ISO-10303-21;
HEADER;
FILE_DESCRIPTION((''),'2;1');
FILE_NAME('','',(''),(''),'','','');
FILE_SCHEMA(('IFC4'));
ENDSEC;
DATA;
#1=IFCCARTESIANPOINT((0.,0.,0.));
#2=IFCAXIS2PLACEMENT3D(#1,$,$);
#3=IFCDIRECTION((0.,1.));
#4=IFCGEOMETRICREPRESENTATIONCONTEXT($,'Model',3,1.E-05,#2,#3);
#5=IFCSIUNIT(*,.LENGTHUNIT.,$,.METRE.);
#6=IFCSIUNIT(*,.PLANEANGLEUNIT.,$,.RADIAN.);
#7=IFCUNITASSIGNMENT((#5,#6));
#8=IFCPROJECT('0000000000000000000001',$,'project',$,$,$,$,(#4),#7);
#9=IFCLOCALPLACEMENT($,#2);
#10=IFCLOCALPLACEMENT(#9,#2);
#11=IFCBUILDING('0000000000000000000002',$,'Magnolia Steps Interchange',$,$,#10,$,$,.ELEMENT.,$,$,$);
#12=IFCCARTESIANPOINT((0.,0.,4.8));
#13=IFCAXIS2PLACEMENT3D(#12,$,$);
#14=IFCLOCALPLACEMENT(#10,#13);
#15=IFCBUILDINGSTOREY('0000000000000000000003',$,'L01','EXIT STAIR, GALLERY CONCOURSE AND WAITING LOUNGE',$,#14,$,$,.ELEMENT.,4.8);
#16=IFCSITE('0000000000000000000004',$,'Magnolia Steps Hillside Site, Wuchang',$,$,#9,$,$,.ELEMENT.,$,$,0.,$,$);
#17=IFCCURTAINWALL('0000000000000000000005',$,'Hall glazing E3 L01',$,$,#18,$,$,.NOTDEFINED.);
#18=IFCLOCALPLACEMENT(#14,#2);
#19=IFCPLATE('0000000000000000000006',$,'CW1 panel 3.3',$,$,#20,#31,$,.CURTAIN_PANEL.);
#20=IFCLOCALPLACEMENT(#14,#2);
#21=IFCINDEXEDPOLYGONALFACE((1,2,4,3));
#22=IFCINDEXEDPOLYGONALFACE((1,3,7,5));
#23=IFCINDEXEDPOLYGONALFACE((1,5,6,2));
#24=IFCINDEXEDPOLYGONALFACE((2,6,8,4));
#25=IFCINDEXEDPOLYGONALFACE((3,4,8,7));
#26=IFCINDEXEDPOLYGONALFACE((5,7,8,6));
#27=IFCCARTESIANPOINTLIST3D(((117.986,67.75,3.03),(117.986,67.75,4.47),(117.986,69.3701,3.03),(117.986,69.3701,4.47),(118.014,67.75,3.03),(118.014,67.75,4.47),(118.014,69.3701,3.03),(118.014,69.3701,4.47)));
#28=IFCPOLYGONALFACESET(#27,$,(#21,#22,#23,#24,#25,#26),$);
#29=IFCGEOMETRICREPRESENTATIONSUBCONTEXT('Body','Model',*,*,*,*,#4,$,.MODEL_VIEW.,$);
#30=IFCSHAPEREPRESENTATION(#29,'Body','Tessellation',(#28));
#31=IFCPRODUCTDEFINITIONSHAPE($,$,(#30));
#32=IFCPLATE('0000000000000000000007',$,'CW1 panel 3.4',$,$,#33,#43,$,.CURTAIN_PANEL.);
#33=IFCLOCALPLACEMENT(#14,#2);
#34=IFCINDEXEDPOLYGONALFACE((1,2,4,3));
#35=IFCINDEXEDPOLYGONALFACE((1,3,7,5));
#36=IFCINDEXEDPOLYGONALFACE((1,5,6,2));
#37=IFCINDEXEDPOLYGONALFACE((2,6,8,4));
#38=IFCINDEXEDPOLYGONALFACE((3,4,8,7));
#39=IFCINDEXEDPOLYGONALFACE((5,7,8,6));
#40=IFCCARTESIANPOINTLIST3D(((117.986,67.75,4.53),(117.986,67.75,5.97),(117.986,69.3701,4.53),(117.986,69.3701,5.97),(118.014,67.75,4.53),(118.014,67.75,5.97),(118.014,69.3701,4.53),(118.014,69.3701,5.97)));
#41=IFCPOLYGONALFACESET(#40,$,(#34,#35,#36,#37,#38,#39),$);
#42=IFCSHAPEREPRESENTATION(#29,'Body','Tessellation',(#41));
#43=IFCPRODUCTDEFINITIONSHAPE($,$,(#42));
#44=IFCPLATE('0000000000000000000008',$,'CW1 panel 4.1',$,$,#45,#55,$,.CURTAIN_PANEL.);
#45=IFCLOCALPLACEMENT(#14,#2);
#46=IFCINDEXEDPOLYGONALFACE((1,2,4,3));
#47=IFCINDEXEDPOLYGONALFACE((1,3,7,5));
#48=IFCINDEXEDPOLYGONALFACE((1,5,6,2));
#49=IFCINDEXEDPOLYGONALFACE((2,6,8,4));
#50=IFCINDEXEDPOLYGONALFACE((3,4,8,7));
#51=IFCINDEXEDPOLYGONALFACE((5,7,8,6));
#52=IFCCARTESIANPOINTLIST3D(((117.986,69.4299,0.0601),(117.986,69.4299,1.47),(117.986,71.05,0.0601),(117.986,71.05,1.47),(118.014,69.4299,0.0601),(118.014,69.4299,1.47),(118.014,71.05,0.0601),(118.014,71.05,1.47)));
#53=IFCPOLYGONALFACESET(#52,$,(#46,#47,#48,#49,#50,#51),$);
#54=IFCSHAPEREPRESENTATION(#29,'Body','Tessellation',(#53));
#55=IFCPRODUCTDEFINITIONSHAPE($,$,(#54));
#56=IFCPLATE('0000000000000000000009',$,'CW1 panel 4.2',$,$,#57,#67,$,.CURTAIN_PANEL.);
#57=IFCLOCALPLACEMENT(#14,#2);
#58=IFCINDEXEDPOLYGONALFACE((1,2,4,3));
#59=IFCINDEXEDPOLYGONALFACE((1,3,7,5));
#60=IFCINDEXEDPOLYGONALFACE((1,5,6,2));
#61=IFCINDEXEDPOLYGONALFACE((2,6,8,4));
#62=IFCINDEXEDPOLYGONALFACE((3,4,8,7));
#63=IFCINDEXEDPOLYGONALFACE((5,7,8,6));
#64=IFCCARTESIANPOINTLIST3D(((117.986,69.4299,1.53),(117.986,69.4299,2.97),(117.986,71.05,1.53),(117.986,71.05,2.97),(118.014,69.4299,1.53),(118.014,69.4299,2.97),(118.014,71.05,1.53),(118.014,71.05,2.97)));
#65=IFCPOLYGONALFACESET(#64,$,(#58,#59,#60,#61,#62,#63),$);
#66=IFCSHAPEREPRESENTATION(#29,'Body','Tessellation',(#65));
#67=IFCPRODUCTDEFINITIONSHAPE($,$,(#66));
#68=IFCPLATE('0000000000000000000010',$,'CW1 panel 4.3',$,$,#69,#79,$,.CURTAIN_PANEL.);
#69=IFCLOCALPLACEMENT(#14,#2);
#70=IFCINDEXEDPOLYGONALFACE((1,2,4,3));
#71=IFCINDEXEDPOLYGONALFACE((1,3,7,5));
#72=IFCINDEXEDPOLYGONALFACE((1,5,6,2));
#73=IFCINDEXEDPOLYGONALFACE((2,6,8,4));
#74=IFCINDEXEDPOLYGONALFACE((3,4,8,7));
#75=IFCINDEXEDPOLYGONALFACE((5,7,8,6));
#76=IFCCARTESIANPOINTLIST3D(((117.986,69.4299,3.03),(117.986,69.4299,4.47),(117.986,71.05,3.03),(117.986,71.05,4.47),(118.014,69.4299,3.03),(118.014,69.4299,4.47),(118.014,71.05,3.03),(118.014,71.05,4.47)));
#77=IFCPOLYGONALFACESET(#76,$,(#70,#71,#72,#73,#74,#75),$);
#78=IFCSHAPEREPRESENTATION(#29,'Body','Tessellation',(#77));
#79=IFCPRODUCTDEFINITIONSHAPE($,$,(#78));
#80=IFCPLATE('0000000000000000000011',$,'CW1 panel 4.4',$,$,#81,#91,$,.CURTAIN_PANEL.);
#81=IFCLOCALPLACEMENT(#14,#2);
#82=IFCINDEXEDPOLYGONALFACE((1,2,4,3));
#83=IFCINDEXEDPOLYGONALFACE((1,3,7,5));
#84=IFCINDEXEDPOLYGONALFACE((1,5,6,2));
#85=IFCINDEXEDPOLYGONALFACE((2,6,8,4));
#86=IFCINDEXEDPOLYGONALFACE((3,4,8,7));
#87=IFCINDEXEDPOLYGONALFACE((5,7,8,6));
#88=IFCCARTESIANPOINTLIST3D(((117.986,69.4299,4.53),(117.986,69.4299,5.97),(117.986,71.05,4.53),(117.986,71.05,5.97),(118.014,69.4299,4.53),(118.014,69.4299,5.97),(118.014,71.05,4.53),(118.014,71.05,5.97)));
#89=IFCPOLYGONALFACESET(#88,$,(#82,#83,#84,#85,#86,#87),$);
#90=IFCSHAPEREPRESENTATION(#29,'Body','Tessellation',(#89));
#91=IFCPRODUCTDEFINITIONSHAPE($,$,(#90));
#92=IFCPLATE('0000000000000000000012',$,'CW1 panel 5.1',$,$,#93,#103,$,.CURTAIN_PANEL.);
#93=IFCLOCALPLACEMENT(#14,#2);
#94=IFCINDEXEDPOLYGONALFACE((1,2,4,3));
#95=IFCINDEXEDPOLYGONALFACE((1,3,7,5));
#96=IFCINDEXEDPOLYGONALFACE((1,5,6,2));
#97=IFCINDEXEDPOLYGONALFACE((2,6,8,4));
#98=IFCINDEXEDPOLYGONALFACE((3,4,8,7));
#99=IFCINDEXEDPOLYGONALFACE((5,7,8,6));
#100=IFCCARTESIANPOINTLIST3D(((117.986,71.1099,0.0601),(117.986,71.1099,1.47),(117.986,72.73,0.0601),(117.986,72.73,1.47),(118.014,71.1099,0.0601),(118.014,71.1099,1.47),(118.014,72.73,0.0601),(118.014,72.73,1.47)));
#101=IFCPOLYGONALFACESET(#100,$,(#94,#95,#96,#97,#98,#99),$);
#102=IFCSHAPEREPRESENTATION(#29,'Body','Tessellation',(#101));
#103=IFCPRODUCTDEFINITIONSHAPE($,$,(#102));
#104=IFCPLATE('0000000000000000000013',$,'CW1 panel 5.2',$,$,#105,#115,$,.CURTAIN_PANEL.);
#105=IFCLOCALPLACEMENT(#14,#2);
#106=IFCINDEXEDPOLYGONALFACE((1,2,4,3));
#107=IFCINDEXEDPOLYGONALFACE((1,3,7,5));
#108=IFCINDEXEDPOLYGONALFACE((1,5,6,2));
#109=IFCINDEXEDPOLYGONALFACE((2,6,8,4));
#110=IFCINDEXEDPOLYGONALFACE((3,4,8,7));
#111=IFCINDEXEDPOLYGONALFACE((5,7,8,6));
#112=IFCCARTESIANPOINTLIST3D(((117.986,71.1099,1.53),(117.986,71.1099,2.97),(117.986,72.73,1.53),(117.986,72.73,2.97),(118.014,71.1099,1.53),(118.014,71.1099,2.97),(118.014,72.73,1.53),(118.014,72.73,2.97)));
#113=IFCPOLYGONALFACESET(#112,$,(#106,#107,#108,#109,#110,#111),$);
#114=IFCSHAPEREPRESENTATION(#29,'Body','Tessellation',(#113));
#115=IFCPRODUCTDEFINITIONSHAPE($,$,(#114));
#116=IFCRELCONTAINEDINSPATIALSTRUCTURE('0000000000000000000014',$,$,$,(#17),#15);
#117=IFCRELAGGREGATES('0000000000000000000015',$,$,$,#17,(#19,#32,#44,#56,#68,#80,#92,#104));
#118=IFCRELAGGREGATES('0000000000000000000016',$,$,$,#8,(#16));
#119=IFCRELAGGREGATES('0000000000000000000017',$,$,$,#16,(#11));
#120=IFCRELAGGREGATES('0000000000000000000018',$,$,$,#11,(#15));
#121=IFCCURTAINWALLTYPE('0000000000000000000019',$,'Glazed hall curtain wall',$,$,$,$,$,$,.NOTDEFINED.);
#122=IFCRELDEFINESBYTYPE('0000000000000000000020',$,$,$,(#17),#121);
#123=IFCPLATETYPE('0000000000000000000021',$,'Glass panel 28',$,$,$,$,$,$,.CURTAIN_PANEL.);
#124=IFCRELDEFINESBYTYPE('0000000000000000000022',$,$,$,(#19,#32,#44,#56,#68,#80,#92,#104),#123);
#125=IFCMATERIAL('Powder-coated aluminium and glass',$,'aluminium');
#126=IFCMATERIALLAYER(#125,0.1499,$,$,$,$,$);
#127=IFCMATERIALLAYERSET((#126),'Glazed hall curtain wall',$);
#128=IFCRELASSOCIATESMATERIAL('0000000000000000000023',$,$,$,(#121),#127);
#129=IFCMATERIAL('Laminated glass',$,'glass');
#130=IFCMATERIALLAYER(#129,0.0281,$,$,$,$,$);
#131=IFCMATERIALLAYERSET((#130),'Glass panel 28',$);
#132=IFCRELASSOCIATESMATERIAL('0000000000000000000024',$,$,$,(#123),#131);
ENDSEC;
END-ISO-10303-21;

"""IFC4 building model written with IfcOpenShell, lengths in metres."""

from ifc_helpers import new_model, si_unit, direction, frame, origin, origin_2d, place, context, subcontext, project, spatial, rectangle, extrude, material, layer, layer_set, type_object, element, aggregate, save


model = new_model("IFC4")

# Units and contexts
model_context = context("Model", 3, precision=1e-05, world=origin(), true_north=direction((0.0, 1.0)))
body_context = subcontext(model_context, "Body", "Model", "MODEL_VIEW")
ifc_project = project(units=[si_unit("LENGTHUNIT", "METRE"), si_unit("PLANEANGLEUNIT", "RADIAN")], contexts=[model_context])

# Site, building, storey
site_placement = place(None, origin())
site = spatial("IfcSite", under=ifc_project, at=site_placement, Name="Magnolia Steps Hillside Site, Wuchang", CompositionType="ELEMENT", RefElevation=0.0)
building_placement = place(site_placement, origin())
building = spatial("IfcBuilding", under=site, at=building_placement, Name="Magnolia Steps Interchange", CompositionType="ELEMENT")
storey_placement = place(building_placement, frame((0.0, 0.0, 4.8)))
storey = spatial("IfcBuildingStorey", under=building, at=storey_placement, Name="L01", Description="EXIT STAIR, GALLERY CONCOURSE AND WAITING LOUNGE", CompositionType="ELEMENT", Elevation=4.8)

# Curtain wall, plates
ifc_material_1 = material(Name="Powder-coated aluminium and glass", Category="aluminium")
ifc_layer_1 = layer(ifc_material_1, 0.1499)
ifc_layer_set_1 = layer_set([ifc_layer_1], Name="Glazed hall curtain wall")
curtain_wall_type = type_object("IfcCurtainWallType", Name="Glazed hall curtain wall", PredefinedType="NOTDEFINED", material=ifc_layer_set_1)
curtain_wall_placement = place(storey_placement, origin())
curtain_wall = element("IfcCurtainWall", 1, at=curtain_wall_placement, inside=storey, type_object=curtain_wall_type, Name="Hall glazing E3 L01", PredefinedType="NOTDEFINED")
ifc_material_2 = material(Name="Laminated glass", Category="glass")
ifc_layer_2 = layer(ifc_material_2, 0.0281)
ifc_layer_set_2 = layer_set([ifc_layer_2], Name="Glass panel 28")
plate_type = type_object("IfcPlateType", Name="Glass panel 28", PredefinedType="CURTAIN_PANEL", material=ifc_layer_set_2)
plate_1_placement = place(storey_placement, frame((118.0, 68.5601, 3.03), z_axis=(0.0, 0.0, 1.0), x_axis=(0.0, 1.0, 0.0)))
plate_1 = element("IfcPlate", 2, at=plate_1_placement, type_object=plate_type, Name="CW1 panel 3.3", PredefinedType="CURTAIN_PANEL", context=body_context, shape_type="SweptSolid", body=[
    extrude(rectangle(XDim=1.6201, YDim=0.0281, at=origin_2d()), origin(), (0.0, 0.0, 1.0), 1.4399),
])
plate_2_placement = place(storey_placement, frame((118.0, 68.5601, 4.53), z_axis=(0.0, 0.0, 1.0), x_axis=(0.0, 1.0, 0.0)))
plate_2 = element("IfcPlate", 3, at=plate_2_placement, type_object=plate_type, Name="CW1 panel 3.4", PredefinedType="CURTAIN_PANEL", context=body_context, shape_type="SweptSolid", body=[
    extrude(rectangle(XDim=1.6201, YDim=0.0281, at=origin_2d()), origin(), (0.0, 0.0, 1.0), 1.4399),
])
plate_3_placement = place(storey_placement, frame((118.0, 70.24, 0.0601), z_axis=(0.0, 0.0, 1.0), x_axis=(0.0, 1.0, 0.0)))
plate_3 = element("IfcPlate", 4, at=plate_3_placement, type_object=plate_type, Name="CW1 panel 4.1", PredefinedType="CURTAIN_PANEL", context=body_context, shape_type="SweptSolid", body=[
    extrude(rectangle(XDim=1.6201, YDim=0.0281, at=origin_2d()), origin(), (0.0, 0.0, 1.0), 1.4099),
])
plate_4_placement = place(storey_placement, frame((118.0, 70.24, 1.53), z_axis=(0.0, 0.0, 1.0), x_axis=(0.0, 1.0, 0.0)))
plate_4 = element("IfcPlate", 5, at=plate_4_placement, type_object=plate_type, Name="CW1 panel 4.2", PredefinedType="CURTAIN_PANEL", context=body_context, shape_type="SweptSolid", body=[
    extrude(rectangle(XDim=1.6201, YDim=0.0281, at=origin_2d()), origin(), (0.0, 0.0, 1.0), 1.4399),
])
plate_5_placement = place(storey_placement, frame((118.0, 70.24, 3.03), z_axis=(0.0, 0.0, 1.0), x_axis=(0.0, 1.0, 0.0)))
plate_5 = element("IfcPlate", 6, at=plate_5_placement, type_object=plate_type, Name="CW1 panel 4.3", PredefinedType="CURTAIN_PANEL", context=body_context, shape_type="SweptSolid", body=[
    extrude(rectangle(XDim=1.6201, YDim=0.0281, at=origin_2d()), origin(), (0.0, 0.0, 1.0), 1.4399),
])
plate_6_placement = place(storey_placement, frame((118.0, 70.24, 4.53), z_axis=(0.0, 0.0, 1.0), x_axis=(0.0, 1.0, 0.0)))
plate_6 = element("IfcPlate", 7, at=plate_6_placement, type_object=plate_type, Name="CW1 panel 4.4", PredefinedType="CURTAIN_PANEL", context=body_context, shape_type="SweptSolid", body=[
    extrude(rectangle(XDim=1.6201, YDim=0.0281, at=origin_2d()), origin(), (0.0, 0.0, 1.0), 1.4399),
])
plate_7_placement = place(storey_placement, frame((118.0, 71.9199, 0.0601), z_axis=(0.0, 0.0, 1.0), x_axis=(0.0, 1.0, 0.0)))
plate_7 = element("IfcPlate", 8, at=plate_7_placement, type_object=plate_type, Name="CW1 panel 5.1", PredefinedType="CURTAIN_PANEL", context=body_context, shape_type="SweptSolid", body=[
    extrude(rectangle(XDim=1.6201, YDim=0.0281, at=origin_2d()), origin(), (0.0, 0.0, 1.0), 1.4099),
])
plate_8_placement = place(storey_placement, frame((118.0, 71.9199, 1.53), z_axis=(0.0, 0.0, 1.0), x_axis=(0.0, 1.0, 0.0)))
plate_8 = element("IfcPlate", 9, at=plate_8_placement, type_object=plate_type, Name="CW1 panel 5.2", PredefinedType="CURTAIN_PANEL", context=body_context, shape_type="SweptSolid", body=[
    extrude(rectangle(XDim=1.6201, YDim=0.0281, at=origin_2d()), origin(), (0.0, 0.0, 1.0), 1.4399),
])
aggregate(curtain_wall, [plate_1, plate_2, plate_3, plate_4, plate_5, plate_6, plate_7, plate_8])

save(model, "model.ifc")
